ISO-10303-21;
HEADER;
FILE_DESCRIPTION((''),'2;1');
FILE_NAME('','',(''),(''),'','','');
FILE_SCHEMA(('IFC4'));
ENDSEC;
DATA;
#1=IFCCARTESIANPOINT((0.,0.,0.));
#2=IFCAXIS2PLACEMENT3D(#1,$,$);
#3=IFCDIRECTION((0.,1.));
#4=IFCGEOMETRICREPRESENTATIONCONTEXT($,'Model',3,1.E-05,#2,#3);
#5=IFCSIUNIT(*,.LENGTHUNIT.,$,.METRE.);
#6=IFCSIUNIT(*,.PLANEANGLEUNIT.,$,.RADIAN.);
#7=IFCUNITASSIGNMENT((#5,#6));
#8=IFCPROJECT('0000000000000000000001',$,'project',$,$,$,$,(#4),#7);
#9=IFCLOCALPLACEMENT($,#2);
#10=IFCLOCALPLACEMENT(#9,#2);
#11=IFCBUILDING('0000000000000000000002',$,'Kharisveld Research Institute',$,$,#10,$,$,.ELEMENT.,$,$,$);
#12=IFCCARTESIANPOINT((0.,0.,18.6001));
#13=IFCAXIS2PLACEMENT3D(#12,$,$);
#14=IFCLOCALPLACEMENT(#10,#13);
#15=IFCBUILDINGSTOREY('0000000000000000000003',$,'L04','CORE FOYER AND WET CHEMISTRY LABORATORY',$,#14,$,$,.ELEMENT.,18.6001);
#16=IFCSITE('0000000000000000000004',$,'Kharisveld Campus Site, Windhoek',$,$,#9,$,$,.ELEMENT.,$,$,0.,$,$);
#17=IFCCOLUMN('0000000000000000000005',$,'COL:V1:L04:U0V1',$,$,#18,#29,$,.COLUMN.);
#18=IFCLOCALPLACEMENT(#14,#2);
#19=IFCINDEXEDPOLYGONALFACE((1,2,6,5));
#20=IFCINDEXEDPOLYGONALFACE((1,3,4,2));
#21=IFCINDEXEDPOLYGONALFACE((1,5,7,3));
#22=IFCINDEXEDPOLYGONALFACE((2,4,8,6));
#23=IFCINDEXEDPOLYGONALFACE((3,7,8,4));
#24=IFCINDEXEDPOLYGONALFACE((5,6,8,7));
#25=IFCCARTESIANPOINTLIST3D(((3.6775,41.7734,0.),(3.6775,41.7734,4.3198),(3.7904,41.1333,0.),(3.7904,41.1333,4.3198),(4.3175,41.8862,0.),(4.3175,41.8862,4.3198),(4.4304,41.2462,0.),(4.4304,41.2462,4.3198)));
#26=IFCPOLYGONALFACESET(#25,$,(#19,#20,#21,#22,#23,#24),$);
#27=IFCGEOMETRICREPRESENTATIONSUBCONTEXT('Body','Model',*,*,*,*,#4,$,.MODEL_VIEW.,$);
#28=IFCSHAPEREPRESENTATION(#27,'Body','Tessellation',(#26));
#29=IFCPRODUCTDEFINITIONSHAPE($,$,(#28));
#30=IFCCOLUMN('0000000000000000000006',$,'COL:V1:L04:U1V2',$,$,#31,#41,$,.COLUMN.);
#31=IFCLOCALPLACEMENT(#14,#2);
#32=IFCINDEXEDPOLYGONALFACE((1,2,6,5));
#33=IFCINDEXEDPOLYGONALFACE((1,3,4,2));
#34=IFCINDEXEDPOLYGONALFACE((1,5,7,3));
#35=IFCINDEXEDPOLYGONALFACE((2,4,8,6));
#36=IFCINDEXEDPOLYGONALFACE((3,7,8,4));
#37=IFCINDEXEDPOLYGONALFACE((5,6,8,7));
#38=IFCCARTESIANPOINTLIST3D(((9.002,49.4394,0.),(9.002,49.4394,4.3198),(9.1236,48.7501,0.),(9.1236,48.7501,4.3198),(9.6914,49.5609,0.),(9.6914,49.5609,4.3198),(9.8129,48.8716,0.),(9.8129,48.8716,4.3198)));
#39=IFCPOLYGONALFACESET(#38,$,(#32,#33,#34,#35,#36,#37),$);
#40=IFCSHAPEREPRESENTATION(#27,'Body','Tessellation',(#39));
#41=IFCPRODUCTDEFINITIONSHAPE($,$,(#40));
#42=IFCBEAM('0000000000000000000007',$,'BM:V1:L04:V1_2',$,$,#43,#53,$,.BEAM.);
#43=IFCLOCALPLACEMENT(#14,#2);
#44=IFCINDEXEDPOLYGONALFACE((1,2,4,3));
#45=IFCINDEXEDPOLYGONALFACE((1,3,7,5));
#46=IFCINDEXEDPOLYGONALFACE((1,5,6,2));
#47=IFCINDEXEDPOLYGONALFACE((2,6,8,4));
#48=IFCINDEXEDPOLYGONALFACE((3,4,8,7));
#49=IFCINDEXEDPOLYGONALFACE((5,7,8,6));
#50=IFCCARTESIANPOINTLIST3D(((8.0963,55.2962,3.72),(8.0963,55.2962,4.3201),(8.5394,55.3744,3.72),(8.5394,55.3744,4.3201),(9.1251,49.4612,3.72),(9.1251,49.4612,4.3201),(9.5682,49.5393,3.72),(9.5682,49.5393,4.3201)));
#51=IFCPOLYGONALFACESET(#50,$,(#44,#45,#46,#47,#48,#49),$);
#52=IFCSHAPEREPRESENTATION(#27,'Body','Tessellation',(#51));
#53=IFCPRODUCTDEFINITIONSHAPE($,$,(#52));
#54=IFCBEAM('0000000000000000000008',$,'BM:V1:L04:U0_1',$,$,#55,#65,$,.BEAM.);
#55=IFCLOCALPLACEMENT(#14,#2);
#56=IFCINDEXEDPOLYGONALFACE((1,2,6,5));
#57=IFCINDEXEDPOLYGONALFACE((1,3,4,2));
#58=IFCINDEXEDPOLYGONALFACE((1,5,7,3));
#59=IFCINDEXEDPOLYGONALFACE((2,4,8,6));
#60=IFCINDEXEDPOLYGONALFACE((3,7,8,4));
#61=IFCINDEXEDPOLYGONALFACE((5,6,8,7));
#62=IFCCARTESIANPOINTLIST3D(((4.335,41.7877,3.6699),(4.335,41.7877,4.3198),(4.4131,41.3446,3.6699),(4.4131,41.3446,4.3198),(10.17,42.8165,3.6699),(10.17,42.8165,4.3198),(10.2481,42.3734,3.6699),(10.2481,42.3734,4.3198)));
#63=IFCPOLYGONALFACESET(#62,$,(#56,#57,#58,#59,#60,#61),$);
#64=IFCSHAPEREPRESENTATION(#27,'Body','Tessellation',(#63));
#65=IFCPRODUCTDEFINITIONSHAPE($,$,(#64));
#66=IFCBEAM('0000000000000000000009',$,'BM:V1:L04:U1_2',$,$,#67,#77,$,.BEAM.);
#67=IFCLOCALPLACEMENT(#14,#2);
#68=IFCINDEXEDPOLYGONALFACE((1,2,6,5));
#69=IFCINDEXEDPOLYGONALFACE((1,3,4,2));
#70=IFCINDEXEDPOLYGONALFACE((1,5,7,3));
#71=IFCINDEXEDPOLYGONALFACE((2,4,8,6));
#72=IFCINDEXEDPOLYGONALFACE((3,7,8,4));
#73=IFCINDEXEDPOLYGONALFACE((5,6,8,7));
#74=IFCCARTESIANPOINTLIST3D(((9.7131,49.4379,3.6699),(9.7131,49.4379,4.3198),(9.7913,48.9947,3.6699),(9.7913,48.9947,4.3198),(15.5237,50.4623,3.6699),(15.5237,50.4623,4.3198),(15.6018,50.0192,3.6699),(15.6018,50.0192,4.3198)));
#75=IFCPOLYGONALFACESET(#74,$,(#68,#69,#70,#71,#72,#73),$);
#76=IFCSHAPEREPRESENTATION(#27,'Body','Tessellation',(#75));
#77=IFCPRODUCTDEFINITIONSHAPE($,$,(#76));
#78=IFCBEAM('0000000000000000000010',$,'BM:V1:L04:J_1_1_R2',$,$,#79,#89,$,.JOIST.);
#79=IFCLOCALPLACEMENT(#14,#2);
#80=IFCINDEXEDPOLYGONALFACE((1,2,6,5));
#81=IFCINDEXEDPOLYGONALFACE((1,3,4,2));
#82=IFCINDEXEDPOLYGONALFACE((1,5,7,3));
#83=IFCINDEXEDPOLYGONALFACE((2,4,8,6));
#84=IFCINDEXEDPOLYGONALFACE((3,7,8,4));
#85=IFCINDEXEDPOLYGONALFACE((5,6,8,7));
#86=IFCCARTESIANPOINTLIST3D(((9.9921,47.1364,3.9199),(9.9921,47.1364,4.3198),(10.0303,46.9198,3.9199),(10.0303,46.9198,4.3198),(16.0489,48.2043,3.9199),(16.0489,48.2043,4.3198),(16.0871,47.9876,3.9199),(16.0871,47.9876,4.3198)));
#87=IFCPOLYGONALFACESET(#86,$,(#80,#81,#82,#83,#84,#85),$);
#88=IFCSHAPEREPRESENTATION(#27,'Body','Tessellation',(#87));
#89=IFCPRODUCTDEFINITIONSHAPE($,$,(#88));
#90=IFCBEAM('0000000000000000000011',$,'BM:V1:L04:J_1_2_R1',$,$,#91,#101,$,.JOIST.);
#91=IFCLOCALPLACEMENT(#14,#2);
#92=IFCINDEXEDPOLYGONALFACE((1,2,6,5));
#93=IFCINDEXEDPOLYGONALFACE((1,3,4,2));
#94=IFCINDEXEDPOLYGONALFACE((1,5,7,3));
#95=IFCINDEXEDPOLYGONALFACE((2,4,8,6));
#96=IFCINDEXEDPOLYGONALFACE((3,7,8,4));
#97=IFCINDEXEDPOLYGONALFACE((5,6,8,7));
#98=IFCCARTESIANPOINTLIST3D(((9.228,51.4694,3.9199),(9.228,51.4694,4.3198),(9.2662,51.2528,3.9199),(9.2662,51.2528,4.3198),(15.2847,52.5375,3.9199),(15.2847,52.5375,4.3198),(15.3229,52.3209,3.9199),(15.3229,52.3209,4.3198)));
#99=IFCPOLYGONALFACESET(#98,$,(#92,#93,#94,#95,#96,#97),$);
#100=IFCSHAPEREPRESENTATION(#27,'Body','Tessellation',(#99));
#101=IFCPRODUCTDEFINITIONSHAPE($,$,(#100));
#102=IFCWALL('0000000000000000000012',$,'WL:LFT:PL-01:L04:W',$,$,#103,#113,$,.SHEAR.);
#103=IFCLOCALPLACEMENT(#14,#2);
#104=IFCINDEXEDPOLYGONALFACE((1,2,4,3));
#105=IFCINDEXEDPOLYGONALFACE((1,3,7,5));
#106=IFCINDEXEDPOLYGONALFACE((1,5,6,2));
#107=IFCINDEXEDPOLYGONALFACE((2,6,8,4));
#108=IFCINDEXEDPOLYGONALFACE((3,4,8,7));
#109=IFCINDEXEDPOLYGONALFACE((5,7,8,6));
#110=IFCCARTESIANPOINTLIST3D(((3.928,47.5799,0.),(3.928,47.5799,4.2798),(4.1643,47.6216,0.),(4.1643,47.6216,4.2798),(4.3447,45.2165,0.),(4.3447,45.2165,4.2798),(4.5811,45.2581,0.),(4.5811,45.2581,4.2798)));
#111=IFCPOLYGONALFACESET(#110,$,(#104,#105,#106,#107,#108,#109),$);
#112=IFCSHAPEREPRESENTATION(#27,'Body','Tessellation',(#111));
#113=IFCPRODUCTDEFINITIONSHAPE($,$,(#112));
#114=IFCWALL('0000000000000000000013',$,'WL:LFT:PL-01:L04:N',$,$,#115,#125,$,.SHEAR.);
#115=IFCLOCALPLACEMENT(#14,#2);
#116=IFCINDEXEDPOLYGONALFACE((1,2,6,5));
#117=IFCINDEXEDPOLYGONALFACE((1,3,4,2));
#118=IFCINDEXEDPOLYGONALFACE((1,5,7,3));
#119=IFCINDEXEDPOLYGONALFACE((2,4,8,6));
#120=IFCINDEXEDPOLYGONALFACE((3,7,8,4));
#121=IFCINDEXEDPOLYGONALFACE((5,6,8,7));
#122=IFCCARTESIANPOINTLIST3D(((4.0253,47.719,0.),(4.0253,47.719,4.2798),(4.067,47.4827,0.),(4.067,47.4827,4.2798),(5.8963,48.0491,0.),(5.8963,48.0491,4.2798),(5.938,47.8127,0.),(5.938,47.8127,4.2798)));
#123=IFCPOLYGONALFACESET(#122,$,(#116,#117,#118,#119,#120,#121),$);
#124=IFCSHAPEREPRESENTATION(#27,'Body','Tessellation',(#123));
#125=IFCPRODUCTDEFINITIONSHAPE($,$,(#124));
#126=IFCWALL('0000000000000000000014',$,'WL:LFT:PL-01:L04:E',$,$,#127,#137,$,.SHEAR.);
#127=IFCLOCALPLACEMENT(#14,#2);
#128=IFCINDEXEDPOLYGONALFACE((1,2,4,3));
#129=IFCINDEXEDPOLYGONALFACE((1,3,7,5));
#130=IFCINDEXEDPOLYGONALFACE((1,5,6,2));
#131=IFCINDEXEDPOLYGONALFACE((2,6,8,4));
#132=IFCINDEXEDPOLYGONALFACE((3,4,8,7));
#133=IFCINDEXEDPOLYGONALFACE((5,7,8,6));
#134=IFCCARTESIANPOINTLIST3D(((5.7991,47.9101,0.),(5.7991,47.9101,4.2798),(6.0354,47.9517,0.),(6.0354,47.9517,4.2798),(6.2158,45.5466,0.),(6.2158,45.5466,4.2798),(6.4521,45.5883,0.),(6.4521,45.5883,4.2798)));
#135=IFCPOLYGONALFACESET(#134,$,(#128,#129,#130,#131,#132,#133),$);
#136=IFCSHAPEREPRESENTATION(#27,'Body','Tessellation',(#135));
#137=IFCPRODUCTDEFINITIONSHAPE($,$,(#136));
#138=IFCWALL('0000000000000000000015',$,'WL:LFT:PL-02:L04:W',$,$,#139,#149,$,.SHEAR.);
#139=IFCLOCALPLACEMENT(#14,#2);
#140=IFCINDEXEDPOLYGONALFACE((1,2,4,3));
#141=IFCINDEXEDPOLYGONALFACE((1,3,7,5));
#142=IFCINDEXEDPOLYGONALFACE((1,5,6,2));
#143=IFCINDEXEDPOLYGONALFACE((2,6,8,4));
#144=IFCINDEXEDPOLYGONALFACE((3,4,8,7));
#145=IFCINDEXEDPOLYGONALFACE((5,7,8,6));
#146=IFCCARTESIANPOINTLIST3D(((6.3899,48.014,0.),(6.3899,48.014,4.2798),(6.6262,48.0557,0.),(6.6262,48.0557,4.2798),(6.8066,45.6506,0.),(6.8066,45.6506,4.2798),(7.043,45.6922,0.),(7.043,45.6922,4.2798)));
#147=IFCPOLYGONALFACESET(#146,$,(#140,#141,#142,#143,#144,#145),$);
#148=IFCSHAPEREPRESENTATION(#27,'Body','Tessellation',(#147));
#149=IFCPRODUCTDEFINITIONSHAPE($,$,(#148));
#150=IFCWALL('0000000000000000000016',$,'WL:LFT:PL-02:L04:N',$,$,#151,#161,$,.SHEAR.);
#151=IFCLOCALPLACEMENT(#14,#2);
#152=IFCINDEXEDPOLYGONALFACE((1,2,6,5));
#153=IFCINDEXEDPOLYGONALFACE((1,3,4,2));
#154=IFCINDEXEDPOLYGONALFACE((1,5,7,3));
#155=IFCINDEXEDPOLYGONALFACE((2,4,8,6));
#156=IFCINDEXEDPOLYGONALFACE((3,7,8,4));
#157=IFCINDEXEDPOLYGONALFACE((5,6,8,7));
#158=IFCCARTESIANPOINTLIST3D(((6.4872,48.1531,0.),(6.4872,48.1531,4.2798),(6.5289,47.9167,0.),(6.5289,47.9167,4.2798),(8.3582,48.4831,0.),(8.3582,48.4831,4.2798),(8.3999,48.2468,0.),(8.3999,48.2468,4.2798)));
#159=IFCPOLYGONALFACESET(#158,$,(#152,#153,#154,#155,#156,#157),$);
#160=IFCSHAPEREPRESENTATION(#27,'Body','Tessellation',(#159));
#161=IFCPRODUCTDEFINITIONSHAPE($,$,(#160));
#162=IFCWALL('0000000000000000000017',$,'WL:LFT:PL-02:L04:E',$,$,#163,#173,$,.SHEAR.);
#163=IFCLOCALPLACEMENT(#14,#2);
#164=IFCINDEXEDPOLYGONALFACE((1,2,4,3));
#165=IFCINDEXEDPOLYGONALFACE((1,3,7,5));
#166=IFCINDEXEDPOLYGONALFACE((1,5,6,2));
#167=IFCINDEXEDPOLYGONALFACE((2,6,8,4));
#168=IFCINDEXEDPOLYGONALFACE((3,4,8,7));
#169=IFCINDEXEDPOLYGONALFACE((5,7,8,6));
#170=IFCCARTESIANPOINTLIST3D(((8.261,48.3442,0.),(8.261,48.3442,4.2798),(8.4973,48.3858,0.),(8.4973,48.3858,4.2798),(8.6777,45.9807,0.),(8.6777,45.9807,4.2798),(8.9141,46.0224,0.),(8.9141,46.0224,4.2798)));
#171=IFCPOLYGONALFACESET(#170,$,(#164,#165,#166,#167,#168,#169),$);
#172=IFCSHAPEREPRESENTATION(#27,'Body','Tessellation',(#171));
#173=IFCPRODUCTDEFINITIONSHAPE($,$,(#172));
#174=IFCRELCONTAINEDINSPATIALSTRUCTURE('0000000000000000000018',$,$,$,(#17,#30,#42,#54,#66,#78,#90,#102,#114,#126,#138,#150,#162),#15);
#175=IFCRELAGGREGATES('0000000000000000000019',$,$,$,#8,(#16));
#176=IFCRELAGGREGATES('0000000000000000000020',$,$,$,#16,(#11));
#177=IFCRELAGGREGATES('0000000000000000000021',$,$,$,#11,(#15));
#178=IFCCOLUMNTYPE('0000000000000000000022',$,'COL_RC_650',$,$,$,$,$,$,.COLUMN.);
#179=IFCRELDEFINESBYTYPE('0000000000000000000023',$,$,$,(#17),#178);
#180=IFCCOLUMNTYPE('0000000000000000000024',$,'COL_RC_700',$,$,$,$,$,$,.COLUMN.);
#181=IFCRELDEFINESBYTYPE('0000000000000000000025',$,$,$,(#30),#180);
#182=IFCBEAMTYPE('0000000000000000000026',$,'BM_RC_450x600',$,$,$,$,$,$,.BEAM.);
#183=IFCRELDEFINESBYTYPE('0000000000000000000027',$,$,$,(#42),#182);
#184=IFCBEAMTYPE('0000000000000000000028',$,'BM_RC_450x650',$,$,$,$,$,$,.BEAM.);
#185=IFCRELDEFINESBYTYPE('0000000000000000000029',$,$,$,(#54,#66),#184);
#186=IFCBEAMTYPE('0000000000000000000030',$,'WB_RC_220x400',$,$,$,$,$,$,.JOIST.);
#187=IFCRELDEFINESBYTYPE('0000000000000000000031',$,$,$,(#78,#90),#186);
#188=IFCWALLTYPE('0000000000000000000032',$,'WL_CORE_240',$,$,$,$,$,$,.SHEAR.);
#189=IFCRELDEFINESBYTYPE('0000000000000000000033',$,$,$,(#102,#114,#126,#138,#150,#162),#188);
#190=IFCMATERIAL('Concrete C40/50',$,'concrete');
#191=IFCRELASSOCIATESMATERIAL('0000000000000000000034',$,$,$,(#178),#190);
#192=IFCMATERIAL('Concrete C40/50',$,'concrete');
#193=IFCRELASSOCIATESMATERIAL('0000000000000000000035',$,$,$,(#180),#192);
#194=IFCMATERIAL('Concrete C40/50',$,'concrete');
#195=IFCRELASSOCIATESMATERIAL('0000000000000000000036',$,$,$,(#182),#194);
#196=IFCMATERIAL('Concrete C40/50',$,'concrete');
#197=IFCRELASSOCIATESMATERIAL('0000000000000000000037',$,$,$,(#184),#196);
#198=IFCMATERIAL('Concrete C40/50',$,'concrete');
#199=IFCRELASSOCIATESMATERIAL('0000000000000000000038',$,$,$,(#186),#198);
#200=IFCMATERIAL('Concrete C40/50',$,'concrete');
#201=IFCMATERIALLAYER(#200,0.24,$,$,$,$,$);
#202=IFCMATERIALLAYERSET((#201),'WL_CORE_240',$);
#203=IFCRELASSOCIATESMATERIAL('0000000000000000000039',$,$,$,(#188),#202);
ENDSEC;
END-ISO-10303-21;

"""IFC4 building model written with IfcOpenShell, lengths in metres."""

from ifc_helpers import new_model, si_unit, direction, frame, frame_2d, origin, origin_2d, place, context, subcontext, project, spatial, rectangle, extrude, material, layer, layer_set, material_profile, profile_set, type_object, element, save


model = new_model("IFC4")

# Units and contexts
model_context = context("Model", 3, precision=1e-05, world=origin(), true_north=direction((0.0, 1.0)))
body_context = subcontext(model_context, "Body", "Model", "MODEL_VIEW")
ifc_project = project(units=[si_unit("LENGTHUNIT", "METRE"), si_unit("PLANEANGLEUNIT", "RADIAN")], contexts=[model_context])

# Site, building, storey
site_placement = place(None, origin())
site = spatial("IfcSite", under=ifc_project, at=site_placement, Name="Kharisveld Campus Site, Windhoek", CompositionType="ELEMENT", RefElevation=0.0)
building_placement = place(site_placement, origin())
building = spatial("IfcBuilding", under=site, at=building_placement, Name="Kharisveld Research Institute", CompositionType="ELEMENT")
storey_placement = place(building_placement, frame((0.0, 0.0, 18.6001)))
storey = spatial("IfcBuildingStorey", under=building, at=storey_placement, Name="L04", Description="CORE FOYER AND WET CHEMISTRY LABORATORY", CompositionType="ELEMENT", Elevation=18.6001)

# Columns
ifc_material_1 = material(Name="Concrete C40/50", Category="concrete")
ifc_material_profile_1 = material_profile(ifc_material_1, rectangle(XDim=0.6499, YDim=0.6499, at=origin_2d()))
ifc_profile_set_1 = profile_set([ifc_material_profile_1], Name="Concrete C40/50")
column_type_1 = type_object("IfcColumnType", Name="COL_RC_650", PredefinedType="COLUMN", material=ifc_profile_set_1)
column_1_placement = place(storey_placement, frame((4.054, 41.5098, 0.0), z_axis=(0.0, 0.0, 1.0), x_axis=(0.984808, 0.173648, 0.0)))
element("IfcColumn", 1, at=column_1_placement, inside=storey, type_object=column_type_1, Name="COL:V1:L04:U0V1", PredefinedType="COLUMN", context=body_context, shape_type="SweptSolid", body=[
    extrude(rectangle(XDim=0.6499, YDim=0.6499, at=origin_2d()), origin(), (0.0, 0.0, 1.0), 4.3198),
])
ifc_material_2 = material(Name="Concrete C40/50", Category="concrete")
ifc_material_profile_2 = material_profile(ifc_material_2, rectangle(XDim=0.7, YDim=0.7, at=origin_2d()))
ifc_profile_set_2 = profile_set([ifc_material_profile_2], Name="Concrete C40/50")
column_type_2 = type_object("IfcColumnType", Name="COL_RC_700", PredefinedType="COLUMN", material=ifc_profile_set_2)
column_2_placement = place(storey_placement, frame((9.4075, 49.1555, 0.0), z_axis=(0.0, 0.0, 1.0), x_axis=(0.984808, 0.173648, 0.0)))
element("IfcColumn", 2, at=column_2_placement, inside=storey, type_object=column_type_2, Name="COL:V1:L04:U1V2", PredefinedType="COLUMN", context=body_context, shape_type="SweptSolid", body=[
    extrude(rectangle(XDim=0.7, YDim=0.7, at=origin_2d()), origin(), (0.0, 0.0, 1.0), 4.3198),
])

# Beams
ifc_material_3 = material(Name="Concrete C40/50", Category="concrete")
ifc_material_profile_3 = material_profile(ifc_material_3, rectangle(XDim=0.45, YDim=0.6001, at=origin_2d()))
ifc_profile_set_3 = profile_set([ifc_material_profile_3], Name="Concrete C40/50")
beam_type_1 = type_object("IfcBeamType", Name="BM_RC_450x600", PredefinedType="BEAM", material=ifc_profile_set_3)
beam_1_placement = place(storey_placement, frame((9.3467, 49.5002, 4.02), z_axis=(-0.17364, 0.984809, 0.0), x_axis=(-0.984809, -0.17364, 0.0)))
element("IfcBeam", 3, at=beam_1_placement, inside=storey, type_object=beam_type_1, Name="BM:V1:L04:V1_2", PredefinedType="BEAM", context=body_context, shape_type="SweptSolid", body=[
    extrude(rectangle(XDim=0.45, YDim=0.6001, at=origin_2d()), origin(), (0.0, 0.0, 1.0), 5.925),
])
ifc_material_4 = material(Name="Concrete C40/50", Category="concrete")
ifc_material_profile_4 = material_profile(ifc_material_4, rectangle(XDim=0.45, YDim=0.6499, at=origin_2d()))
ifc_profile_set_4 = profile_set([ifc_material_profile_4], Name="Concrete C40/50")
beam_type_2 = type_object("IfcBeamType", Name="BM_RC_450x650", PredefinedType="BEAM", material=ifc_profile_set_4)
beam_2_placement = place(storey_placement, frame((4.374, 41.5662, 3.9949), z_axis=(0.984809, 0.17364, 0.0), x_axis=(-0.17364, 0.984809, 0.0)))
element("IfcBeam", 4, at=beam_2_placement, inside=storey, type_object=beam_type_2, Name="BM:V1:L04:U0_1", PredefinedType="BEAM", context=body_context, shape_type="SweptSolid", body=[
    extrude(rectangle(XDim=0.45, YDim=0.6499, at=origin_2d()), origin(), (0.0, 0.0, 1.0), 5.925),
])
beam_3_placement = place(storey_placement, frame((9.7522, 49.2163, 3.9949), z_axis=(0.984812, 0.173625, 0.0), x_axis=(-0.173625, 0.984812, 0.0)))
element("IfcBeam", 5, at=beam_3_placement, inside=storey, type_object=beam_type_2, Name="BM:V1:L04:U1_2", PredefinedType="BEAM", context=body_context, shape_type="SweptSolid", body=[
    extrude(rectangle(XDim=0.45, YDim=0.6499, at=origin_2d()), origin(), (0.0, 0.0, 1.0), 5.9001),
])
ifc_material_5 = material(Name="Concrete C40/50", Category="concrete")
ifc_material_profile_5 = material_profile(ifc_material_5, rectangle(XDim=0.22, YDim=0.3999, at=origin_2d()))
ifc_profile_set_5 = profile_set([ifc_material_profile_5], Name="Concrete C40/50")
beam_type_3 = type_object("IfcBeamType", Name="WB_RC_220x400", PredefinedType="JOIST", material=ifc_profile_set_5)
for number, where, z_axis, x_axis, name in (
    (6, (10.0112, 47.0281, 4.1199), (0.98481, 0.173636, 0.0), (-0.173636, 0.98481, 0.0), "BM:V1:L04:J_1_1_R2"),
    (7, (9.2471, 51.3611, 4.1199), (0.984803, 0.173674, 0.0), (-0.173674, 0.984803, 0.0), "BM:V1:L04:J_1_2_R1"),
):
    element("IfcBeam", number, at=place(storey_placement, frame(where, z_axis=z_axis, x_axis=x_axis)), inside=storey, type_object=beam_type_3, Name=name, PredefinedType="JOIST", context=body_context, shape_type="SweptSolid", body=[
        extrude(rectangle(XDim=0.22, YDim=0.3999, at=origin_2d()), origin(), (0.0, 0.0, 1.0), 6.1501),
    ])

# Walls
ifc_material_6 = material(Name="Concrete C40/50", Category="concrete")
ifc_layer_1 = layer(ifc_material_6, 0.24)
ifc_layer_set_1 = layer_set([ifc_layer_1], Name="WL_CORE_240")
wall_type_1 = type_object("IfcWallType", Name="WL_CORE_240", PredefinedType="SHEAR", material=ifc_layer_set_1)
wall_1_placement = place(storey_placement, frame((4.4629, 45.2373, 0.0), z_axis=(0.0, 0.0, 1.0), x_axis=(-0.173646, 0.984808, 0.0)))
element("IfcWall", 8, at=wall_1_placement, inside=storey, type_object=wall_type_1, Name="WL:LFT:PL-01:L04:W", PredefinedType="SHEAR", context=body_context, shape_type="SweptSolid", body=[
    extrude(rectangle(XDim=2.3999, YDim=0.24, at=frame_2d((1.2, 0.0))), origin(), (0.0, 0.0, 1.0), 4.2798),
])
wall_2_placement = place(storey_placement, frame((4.0461, 47.6008, 0.0), z_axis=(0.0, 0.0, 1.0), x_axis=(0.984794, 0.173727, 0.0)))
element("IfcWall", 9, at=wall_2_placement, inside=storey, type_object=wall_type_1, Name="WL:LFT:PL-01:L04:N", PredefinedType="SHEAR", context=body_context, shape_type="SweptSolid", body=[
    extrude(rectangle(XDim=1.8999, YDim=0.24, at=frame_2d((0.95, 0.0))), origin(), (0.0, 0.0, 1.0), 4.2798),
])
wall_3_placement = place(storey_placement, frame((5.9172, 47.9309, 0.0), z_axis=(0.0, 0.0, 1.0), x_axis=(0.173646, -0.984808, 0.0)))
element("IfcWall", 10, at=wall_3_placement, inside=storey, type_object=wall_type_1, Name="WL:LFT:PL-01:L04:E", PredefinedType="SHEAR", context=body_context, shape_type="SweptSolid", body=[
    extrude(rectangle(XDim=2.3999, YDim=0.24, at=frame_2d((1.2, 0.0))), origin(), (0.0, 0.0, 1.0), 4.2798),
])

# Walls
wall_4_placement = place(storey_placement, frame((6.9248, 45.6714, 0.0), z_axis=(0.0, 0.0, 1.0), x_axis=(-0.173646, 0.984808, 0.0)))
element("IfcWall", 11, at=wall_4_placement, inside=storey, type_object=wall_type_1, Name="WL:LFT:PL-02:L04:W", PredefinedType="SHEAR", context=body_context, shape_type="SweptSolid", body=[
    extrude(rectangle(XDim=2.3999, YDim=0.24, at=frame_2d((1.2, 0.0))), origin(), (0.0, 0.0, 1.0), 4.2798),
])
wall_5_placement = place(storey_placement, frame((6.5081, 48.0349, 0.0), z_axis=(0.0, 0.0, 1.0), x_axis=(0.984794, 0.173727, 0.0)))
element("IfcWall", 12, at=wall_5_placement, inside=storey, type_object=wall_type_1, Name="WL:LFT:PL-02:L04:N", PredefinedType="SHEAR", context=body_context, shape_type="SweptSolid", body=[
    extrude(rectangle(XDim=1.8999, YDim=0.24, at=frame_2d((0.95, 0.0))), origin(), (0.0, 0.0, 1.0), 4.2798),
])
wall_6_placement = place(storey_placement, frame((8.3792, 48.365, 0.0), z_axis=(0.0, 0.0, 1.0), x_axis=(0.173646, -0.984808, 0.0)))
element("IfcWall", 13, at=wall_6_placement, inside=storey, type_object=wall_type_1, Name="WL:LFT:PL-02:L04:E", PredefinedType="SHEAR", context=body_context, shape_type="SweptSolid", body=[
    extrude(rectangle(XDim=2.3999, YDim=0.24, at=frame_2d((1.2, 0.0))), origin(), (0.0, 0.0, 1.0), 4.2798),
])

save(model, "model.ifc")
